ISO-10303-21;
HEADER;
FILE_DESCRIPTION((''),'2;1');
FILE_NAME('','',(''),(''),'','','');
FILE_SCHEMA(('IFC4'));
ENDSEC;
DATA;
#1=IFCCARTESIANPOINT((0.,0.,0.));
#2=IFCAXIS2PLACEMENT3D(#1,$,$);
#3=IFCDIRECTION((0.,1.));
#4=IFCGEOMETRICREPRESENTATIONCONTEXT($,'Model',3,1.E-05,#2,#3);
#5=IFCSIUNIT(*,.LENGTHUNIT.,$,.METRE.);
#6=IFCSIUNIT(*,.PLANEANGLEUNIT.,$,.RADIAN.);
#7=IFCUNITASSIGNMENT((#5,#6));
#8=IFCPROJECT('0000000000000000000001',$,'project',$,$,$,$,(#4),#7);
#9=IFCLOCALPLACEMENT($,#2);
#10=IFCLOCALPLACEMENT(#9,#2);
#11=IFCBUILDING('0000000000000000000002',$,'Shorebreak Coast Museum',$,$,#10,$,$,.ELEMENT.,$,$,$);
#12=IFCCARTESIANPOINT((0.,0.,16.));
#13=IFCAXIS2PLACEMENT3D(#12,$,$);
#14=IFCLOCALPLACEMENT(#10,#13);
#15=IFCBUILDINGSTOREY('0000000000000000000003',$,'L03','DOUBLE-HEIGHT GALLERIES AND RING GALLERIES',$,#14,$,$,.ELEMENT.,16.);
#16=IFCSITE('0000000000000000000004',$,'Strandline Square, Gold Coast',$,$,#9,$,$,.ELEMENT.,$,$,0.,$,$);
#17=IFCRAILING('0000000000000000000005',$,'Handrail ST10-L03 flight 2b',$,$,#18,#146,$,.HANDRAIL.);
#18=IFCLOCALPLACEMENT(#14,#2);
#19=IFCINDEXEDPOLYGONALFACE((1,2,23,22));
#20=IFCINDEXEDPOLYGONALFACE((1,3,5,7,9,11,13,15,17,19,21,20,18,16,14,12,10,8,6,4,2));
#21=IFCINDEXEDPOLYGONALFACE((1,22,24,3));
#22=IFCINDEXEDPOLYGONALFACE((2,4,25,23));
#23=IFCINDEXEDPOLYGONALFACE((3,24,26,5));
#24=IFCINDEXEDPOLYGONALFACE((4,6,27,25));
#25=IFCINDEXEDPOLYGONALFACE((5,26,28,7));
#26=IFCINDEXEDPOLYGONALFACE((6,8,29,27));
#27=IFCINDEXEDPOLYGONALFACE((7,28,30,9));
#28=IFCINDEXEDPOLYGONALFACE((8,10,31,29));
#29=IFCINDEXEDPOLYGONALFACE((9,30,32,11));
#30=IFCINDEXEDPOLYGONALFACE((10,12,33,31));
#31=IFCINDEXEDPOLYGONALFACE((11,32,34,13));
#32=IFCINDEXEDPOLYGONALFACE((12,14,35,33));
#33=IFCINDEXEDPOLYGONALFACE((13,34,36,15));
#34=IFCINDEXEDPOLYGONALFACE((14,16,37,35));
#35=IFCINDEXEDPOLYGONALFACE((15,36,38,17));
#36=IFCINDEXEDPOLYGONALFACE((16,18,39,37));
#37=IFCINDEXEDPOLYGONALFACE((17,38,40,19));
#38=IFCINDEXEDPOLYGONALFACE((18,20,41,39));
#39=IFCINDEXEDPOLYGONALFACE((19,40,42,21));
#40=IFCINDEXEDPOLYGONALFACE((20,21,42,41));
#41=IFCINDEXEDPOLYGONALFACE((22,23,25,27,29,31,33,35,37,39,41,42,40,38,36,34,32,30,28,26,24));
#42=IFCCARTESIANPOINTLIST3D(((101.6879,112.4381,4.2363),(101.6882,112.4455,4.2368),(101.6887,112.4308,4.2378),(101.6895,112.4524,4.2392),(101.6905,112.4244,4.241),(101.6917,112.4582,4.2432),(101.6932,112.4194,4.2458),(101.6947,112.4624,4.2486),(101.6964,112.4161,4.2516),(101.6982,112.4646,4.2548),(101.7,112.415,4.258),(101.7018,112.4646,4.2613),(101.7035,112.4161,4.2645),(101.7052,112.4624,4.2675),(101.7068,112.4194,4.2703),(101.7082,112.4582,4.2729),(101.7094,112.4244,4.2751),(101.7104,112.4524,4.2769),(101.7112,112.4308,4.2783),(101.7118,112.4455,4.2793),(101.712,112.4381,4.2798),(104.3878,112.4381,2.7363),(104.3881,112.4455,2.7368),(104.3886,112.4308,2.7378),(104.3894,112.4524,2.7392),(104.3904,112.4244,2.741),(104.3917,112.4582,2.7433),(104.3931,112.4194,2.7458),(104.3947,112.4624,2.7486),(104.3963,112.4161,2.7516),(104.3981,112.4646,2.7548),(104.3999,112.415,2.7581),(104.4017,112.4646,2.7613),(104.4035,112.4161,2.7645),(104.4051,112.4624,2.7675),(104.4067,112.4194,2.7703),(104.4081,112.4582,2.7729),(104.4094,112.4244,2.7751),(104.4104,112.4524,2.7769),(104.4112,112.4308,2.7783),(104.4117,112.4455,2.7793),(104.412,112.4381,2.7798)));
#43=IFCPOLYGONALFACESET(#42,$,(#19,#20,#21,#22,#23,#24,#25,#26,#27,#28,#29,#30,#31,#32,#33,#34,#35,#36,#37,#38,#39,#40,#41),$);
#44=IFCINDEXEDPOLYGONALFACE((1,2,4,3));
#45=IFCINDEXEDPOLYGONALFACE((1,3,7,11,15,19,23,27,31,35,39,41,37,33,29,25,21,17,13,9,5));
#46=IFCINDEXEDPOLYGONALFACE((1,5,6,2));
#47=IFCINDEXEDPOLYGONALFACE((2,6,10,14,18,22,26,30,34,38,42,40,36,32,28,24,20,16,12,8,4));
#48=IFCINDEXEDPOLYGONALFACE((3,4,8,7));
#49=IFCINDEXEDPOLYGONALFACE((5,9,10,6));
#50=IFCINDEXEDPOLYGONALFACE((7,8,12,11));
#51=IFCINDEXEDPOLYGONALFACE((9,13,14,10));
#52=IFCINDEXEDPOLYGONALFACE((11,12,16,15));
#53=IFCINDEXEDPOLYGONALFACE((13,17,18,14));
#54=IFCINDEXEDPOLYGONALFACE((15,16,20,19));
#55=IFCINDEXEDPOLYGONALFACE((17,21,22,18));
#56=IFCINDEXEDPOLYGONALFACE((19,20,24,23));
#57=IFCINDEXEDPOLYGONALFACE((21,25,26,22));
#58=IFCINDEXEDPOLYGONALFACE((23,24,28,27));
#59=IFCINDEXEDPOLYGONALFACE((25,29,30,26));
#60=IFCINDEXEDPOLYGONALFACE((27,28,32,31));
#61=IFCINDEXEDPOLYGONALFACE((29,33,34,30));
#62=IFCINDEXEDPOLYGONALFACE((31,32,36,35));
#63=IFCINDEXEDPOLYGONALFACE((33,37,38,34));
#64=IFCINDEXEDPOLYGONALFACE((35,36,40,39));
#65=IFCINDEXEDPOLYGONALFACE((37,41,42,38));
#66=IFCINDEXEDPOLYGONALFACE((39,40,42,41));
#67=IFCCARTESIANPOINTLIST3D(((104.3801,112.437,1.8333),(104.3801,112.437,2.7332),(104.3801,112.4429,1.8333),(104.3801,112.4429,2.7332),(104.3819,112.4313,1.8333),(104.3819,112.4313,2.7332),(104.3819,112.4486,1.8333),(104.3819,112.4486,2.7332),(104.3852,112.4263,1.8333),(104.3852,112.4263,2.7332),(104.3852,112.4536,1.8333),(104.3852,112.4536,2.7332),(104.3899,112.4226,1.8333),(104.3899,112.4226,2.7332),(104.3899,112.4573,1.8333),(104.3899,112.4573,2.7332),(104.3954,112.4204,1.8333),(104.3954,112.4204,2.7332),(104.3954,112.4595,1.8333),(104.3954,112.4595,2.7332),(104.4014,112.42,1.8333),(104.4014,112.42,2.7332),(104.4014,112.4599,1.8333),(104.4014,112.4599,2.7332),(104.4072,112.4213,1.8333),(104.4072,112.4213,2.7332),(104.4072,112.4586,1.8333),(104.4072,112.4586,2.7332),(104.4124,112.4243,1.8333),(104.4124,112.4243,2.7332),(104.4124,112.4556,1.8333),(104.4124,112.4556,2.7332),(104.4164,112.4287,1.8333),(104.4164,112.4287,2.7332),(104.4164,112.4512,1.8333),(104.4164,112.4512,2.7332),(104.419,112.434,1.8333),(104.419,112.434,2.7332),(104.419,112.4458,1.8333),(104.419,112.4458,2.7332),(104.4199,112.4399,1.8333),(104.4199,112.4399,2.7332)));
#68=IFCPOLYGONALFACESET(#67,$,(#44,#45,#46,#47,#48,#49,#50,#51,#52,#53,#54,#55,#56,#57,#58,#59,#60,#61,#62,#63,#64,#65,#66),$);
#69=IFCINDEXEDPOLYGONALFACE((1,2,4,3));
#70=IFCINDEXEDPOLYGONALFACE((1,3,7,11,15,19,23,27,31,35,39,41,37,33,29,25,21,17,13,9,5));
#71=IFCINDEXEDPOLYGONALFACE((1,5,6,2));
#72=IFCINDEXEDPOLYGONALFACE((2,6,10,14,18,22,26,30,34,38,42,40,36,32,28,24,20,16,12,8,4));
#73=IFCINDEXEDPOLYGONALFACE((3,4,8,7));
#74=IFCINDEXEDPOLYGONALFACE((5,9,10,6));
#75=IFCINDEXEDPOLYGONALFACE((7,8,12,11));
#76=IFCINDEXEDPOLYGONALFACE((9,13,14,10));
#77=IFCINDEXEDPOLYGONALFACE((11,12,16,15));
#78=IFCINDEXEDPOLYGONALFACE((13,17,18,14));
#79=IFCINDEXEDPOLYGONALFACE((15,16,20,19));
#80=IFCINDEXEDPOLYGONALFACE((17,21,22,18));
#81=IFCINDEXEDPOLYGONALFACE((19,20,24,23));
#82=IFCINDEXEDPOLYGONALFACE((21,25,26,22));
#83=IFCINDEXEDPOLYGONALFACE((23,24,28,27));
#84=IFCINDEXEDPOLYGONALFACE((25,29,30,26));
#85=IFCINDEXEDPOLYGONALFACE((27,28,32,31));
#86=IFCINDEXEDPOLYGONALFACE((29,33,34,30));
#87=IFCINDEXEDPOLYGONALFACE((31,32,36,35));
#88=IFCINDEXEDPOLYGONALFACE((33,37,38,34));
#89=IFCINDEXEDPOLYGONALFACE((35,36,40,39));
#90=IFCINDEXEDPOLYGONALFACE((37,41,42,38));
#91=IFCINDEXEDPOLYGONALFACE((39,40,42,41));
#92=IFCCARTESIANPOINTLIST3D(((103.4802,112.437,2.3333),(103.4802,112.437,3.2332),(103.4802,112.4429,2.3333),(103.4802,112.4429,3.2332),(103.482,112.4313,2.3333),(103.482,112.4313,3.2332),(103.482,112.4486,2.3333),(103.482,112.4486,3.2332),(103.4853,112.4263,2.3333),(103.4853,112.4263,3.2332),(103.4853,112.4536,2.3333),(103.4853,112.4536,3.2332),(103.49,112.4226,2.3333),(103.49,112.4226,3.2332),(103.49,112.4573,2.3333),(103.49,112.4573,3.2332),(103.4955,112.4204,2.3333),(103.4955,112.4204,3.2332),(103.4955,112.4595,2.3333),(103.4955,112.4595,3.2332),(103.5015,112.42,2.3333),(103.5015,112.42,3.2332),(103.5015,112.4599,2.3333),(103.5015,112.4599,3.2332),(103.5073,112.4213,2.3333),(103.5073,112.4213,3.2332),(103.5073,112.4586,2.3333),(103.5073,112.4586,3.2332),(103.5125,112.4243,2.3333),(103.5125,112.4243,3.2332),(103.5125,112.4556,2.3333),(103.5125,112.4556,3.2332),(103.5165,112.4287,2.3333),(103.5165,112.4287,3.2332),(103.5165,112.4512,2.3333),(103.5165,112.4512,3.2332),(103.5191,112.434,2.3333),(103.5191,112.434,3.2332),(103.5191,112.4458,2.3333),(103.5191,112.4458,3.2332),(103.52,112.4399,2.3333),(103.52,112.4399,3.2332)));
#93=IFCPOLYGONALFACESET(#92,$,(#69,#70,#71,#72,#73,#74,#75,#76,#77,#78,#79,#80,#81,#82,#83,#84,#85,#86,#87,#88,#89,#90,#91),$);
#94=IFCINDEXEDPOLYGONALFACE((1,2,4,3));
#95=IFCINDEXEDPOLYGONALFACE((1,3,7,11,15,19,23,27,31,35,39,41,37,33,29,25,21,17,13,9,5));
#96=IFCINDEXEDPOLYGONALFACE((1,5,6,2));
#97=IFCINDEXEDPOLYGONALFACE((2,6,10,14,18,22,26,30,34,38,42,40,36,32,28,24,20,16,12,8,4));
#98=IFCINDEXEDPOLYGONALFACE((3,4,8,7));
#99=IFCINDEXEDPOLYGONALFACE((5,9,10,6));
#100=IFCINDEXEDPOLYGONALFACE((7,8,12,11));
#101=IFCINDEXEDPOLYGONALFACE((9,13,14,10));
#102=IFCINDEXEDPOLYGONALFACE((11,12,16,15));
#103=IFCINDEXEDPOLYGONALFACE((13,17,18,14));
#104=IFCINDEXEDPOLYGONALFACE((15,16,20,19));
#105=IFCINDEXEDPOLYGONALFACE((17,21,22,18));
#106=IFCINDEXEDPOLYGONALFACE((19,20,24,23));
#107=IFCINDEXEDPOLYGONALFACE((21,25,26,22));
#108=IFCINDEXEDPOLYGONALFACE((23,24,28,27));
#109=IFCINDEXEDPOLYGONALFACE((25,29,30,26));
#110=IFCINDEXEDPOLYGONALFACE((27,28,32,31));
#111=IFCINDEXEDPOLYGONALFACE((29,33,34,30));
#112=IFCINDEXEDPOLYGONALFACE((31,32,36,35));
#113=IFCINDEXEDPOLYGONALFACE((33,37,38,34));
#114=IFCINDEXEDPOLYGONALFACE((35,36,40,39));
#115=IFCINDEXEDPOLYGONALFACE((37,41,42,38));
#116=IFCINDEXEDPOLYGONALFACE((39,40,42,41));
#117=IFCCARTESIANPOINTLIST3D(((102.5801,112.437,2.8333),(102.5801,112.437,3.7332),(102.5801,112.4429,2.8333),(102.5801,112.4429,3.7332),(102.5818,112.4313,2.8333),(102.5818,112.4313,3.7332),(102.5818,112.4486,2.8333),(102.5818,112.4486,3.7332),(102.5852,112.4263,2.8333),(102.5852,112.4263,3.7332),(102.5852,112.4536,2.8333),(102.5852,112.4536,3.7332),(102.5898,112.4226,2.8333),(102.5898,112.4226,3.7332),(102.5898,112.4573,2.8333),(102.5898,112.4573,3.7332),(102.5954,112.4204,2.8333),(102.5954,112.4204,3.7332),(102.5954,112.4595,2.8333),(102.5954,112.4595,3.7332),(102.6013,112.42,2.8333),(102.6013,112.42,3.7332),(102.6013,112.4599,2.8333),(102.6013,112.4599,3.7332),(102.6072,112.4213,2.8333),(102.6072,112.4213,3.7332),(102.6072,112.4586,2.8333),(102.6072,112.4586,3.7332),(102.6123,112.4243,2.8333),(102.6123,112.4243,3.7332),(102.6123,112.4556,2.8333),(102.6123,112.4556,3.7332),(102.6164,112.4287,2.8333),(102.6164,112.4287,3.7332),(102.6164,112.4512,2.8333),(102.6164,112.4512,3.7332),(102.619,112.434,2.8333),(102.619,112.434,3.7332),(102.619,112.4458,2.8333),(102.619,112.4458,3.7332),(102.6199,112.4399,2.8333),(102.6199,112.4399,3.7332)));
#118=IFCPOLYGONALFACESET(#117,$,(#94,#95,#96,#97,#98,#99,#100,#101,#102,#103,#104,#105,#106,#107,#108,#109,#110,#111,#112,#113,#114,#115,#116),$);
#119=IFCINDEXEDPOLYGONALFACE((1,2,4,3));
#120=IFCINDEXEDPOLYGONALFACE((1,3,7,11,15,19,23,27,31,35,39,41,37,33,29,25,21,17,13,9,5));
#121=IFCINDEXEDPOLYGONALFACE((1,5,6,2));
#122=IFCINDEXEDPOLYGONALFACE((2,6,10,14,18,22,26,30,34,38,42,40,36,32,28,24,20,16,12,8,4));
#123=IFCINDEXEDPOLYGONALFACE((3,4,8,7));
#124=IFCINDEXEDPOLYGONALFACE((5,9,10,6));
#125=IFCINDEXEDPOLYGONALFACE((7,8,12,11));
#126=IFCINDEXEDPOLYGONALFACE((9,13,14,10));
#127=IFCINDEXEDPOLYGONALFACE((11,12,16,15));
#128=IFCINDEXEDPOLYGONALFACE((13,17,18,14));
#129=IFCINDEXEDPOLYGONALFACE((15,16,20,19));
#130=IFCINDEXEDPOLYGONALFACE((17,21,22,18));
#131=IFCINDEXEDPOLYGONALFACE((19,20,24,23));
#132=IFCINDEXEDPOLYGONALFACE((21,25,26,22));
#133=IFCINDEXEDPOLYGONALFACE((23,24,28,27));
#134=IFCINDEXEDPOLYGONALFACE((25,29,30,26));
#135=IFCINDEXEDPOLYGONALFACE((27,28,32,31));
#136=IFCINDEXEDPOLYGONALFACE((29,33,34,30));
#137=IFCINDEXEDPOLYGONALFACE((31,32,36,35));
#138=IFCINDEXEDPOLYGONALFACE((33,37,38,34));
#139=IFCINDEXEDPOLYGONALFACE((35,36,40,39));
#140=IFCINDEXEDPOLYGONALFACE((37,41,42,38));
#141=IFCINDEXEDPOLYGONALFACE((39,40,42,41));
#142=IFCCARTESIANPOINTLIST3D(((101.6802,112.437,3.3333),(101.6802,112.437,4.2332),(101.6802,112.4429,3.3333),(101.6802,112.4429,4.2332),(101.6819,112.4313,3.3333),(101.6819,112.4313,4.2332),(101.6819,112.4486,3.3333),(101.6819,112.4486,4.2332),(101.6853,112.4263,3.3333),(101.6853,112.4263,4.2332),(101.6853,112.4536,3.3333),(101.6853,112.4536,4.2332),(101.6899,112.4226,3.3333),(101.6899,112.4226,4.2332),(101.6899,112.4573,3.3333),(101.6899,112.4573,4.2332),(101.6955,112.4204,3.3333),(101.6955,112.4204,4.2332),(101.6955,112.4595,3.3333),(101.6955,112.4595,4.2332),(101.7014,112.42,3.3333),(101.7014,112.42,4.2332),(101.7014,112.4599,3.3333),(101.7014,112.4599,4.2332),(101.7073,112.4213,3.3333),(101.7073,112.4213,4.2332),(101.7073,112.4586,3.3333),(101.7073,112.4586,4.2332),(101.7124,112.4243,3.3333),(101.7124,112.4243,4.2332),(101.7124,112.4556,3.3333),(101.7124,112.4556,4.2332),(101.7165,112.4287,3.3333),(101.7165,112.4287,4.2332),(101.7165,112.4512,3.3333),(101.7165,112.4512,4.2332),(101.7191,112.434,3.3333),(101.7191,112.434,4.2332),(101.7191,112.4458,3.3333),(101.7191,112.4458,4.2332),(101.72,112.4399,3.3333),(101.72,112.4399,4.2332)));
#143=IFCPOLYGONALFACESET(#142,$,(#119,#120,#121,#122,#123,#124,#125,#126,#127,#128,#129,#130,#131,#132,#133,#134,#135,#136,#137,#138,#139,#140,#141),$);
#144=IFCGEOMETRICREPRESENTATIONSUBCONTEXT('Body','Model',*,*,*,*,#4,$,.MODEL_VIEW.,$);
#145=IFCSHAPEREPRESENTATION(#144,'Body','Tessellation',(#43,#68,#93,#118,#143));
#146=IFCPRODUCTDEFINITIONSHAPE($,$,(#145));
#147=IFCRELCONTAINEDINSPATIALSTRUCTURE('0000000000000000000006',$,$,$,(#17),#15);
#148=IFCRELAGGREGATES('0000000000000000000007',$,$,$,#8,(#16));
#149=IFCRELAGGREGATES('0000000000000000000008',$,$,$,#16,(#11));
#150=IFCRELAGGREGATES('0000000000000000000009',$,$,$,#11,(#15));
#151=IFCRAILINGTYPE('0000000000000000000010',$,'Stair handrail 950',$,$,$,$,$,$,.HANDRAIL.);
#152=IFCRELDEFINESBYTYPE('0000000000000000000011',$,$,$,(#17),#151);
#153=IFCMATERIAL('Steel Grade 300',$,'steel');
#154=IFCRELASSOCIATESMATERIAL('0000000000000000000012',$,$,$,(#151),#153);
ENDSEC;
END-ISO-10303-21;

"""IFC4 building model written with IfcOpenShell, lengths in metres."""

from ifc_helpers import new_model, si_unit, direction, frame, origin, origin_2d, place, context, subcontext, project, spatial, circle, extrude, material, type_object, element, save


model = new_model("IFC4")

# Units and contexts
model_context = context("Model", 3, precision=1e-05, world=origin(), true_north=direction((0.0, 1.0)))
body_context = subcontext(model_context, "Body", "Model", "MODEL_VIEW")
ifc_project = project(units=[si_unit("LENGTHUNIT", "METRE"), si_unit("PLANEANGLEUNIT", "RADIAN")], contexts=[model_context])

# Site, building, storey
site_placement = place(None, origin())
site = spatial("IfcSite", under=ifc_project, at=site_placement, Name="Strandline Square, Gold Coast", CompositionType="ELEMENT", RefElevation=0.0)
building_placement = place(site_placement, origin())
building = spatial("IfcBuilding", under=site, at=building_placement, Name="Shorebreak Coast Museum", CompositionType="ELEMENT")
storey_placement = place(building_placement, frame((0.0, 0.0, 16.0)))
storey = spatial("IfcBuildingStorey", under=building, at=storey_placement, Name="L03", Description="DOUBLE-HEIGHT GALLERIES AND RING GALLERIES", CompositionType="ELEMENT", Elevation=16.0)

# Railing
ifc_material_1 = material(Name="Steel Grade 300", Category="steel")
railing_type_1 = type_object("IfcRailingType", Name="Stair handrail 950", PredefinedType="HANDRAIL", material=ifc_material_1)
railing_1_placement = place(storey_placement, frame((104.3999, 112.4399, 1.8333)))
element("IfcRailing", 1, at=railing_1_placement, inside=storey, type_object=railing_type_1, Name="Handrail ST10-L03 flight 2b", PredefinedType="HANDRAIL", context=body_context, shape_type="SweptSolid", body=[
    extrude(circle(Radius=0.0249, at=origin_2d()), frame((0.0, 0.0, 0.9248), z_axis=(-0.874154, 0.0, 0.48565), x_axis=(0.0, -1.0, 0.0)), (0.0, 0.0, 1.0), 3.0886),
    extrude(circle(Radius=0.02, at=origin_2d()), origin(), (0.0, 0.0, 1.0), 0.8999),
    extrude(circle(Radius=0.02, at=origin_2d()), frame((-0.8999, 0.0, 0.5)), (0.0, 0.0, 1.0), 0.8999),
    extrude(circle(Radius=0.02, at=origin_2d()), frame((-1.8, 0.0, 1.0)), (0.0, 0.0, 1.0), 0.8999),
    extrude(circle(Radius=0.02, at=origin_2d()), frame((-2.7, 0.0, 1.5)), (0.0, 0.0, 1.0), 0.8999),
])

save(model, "model.ifc")
